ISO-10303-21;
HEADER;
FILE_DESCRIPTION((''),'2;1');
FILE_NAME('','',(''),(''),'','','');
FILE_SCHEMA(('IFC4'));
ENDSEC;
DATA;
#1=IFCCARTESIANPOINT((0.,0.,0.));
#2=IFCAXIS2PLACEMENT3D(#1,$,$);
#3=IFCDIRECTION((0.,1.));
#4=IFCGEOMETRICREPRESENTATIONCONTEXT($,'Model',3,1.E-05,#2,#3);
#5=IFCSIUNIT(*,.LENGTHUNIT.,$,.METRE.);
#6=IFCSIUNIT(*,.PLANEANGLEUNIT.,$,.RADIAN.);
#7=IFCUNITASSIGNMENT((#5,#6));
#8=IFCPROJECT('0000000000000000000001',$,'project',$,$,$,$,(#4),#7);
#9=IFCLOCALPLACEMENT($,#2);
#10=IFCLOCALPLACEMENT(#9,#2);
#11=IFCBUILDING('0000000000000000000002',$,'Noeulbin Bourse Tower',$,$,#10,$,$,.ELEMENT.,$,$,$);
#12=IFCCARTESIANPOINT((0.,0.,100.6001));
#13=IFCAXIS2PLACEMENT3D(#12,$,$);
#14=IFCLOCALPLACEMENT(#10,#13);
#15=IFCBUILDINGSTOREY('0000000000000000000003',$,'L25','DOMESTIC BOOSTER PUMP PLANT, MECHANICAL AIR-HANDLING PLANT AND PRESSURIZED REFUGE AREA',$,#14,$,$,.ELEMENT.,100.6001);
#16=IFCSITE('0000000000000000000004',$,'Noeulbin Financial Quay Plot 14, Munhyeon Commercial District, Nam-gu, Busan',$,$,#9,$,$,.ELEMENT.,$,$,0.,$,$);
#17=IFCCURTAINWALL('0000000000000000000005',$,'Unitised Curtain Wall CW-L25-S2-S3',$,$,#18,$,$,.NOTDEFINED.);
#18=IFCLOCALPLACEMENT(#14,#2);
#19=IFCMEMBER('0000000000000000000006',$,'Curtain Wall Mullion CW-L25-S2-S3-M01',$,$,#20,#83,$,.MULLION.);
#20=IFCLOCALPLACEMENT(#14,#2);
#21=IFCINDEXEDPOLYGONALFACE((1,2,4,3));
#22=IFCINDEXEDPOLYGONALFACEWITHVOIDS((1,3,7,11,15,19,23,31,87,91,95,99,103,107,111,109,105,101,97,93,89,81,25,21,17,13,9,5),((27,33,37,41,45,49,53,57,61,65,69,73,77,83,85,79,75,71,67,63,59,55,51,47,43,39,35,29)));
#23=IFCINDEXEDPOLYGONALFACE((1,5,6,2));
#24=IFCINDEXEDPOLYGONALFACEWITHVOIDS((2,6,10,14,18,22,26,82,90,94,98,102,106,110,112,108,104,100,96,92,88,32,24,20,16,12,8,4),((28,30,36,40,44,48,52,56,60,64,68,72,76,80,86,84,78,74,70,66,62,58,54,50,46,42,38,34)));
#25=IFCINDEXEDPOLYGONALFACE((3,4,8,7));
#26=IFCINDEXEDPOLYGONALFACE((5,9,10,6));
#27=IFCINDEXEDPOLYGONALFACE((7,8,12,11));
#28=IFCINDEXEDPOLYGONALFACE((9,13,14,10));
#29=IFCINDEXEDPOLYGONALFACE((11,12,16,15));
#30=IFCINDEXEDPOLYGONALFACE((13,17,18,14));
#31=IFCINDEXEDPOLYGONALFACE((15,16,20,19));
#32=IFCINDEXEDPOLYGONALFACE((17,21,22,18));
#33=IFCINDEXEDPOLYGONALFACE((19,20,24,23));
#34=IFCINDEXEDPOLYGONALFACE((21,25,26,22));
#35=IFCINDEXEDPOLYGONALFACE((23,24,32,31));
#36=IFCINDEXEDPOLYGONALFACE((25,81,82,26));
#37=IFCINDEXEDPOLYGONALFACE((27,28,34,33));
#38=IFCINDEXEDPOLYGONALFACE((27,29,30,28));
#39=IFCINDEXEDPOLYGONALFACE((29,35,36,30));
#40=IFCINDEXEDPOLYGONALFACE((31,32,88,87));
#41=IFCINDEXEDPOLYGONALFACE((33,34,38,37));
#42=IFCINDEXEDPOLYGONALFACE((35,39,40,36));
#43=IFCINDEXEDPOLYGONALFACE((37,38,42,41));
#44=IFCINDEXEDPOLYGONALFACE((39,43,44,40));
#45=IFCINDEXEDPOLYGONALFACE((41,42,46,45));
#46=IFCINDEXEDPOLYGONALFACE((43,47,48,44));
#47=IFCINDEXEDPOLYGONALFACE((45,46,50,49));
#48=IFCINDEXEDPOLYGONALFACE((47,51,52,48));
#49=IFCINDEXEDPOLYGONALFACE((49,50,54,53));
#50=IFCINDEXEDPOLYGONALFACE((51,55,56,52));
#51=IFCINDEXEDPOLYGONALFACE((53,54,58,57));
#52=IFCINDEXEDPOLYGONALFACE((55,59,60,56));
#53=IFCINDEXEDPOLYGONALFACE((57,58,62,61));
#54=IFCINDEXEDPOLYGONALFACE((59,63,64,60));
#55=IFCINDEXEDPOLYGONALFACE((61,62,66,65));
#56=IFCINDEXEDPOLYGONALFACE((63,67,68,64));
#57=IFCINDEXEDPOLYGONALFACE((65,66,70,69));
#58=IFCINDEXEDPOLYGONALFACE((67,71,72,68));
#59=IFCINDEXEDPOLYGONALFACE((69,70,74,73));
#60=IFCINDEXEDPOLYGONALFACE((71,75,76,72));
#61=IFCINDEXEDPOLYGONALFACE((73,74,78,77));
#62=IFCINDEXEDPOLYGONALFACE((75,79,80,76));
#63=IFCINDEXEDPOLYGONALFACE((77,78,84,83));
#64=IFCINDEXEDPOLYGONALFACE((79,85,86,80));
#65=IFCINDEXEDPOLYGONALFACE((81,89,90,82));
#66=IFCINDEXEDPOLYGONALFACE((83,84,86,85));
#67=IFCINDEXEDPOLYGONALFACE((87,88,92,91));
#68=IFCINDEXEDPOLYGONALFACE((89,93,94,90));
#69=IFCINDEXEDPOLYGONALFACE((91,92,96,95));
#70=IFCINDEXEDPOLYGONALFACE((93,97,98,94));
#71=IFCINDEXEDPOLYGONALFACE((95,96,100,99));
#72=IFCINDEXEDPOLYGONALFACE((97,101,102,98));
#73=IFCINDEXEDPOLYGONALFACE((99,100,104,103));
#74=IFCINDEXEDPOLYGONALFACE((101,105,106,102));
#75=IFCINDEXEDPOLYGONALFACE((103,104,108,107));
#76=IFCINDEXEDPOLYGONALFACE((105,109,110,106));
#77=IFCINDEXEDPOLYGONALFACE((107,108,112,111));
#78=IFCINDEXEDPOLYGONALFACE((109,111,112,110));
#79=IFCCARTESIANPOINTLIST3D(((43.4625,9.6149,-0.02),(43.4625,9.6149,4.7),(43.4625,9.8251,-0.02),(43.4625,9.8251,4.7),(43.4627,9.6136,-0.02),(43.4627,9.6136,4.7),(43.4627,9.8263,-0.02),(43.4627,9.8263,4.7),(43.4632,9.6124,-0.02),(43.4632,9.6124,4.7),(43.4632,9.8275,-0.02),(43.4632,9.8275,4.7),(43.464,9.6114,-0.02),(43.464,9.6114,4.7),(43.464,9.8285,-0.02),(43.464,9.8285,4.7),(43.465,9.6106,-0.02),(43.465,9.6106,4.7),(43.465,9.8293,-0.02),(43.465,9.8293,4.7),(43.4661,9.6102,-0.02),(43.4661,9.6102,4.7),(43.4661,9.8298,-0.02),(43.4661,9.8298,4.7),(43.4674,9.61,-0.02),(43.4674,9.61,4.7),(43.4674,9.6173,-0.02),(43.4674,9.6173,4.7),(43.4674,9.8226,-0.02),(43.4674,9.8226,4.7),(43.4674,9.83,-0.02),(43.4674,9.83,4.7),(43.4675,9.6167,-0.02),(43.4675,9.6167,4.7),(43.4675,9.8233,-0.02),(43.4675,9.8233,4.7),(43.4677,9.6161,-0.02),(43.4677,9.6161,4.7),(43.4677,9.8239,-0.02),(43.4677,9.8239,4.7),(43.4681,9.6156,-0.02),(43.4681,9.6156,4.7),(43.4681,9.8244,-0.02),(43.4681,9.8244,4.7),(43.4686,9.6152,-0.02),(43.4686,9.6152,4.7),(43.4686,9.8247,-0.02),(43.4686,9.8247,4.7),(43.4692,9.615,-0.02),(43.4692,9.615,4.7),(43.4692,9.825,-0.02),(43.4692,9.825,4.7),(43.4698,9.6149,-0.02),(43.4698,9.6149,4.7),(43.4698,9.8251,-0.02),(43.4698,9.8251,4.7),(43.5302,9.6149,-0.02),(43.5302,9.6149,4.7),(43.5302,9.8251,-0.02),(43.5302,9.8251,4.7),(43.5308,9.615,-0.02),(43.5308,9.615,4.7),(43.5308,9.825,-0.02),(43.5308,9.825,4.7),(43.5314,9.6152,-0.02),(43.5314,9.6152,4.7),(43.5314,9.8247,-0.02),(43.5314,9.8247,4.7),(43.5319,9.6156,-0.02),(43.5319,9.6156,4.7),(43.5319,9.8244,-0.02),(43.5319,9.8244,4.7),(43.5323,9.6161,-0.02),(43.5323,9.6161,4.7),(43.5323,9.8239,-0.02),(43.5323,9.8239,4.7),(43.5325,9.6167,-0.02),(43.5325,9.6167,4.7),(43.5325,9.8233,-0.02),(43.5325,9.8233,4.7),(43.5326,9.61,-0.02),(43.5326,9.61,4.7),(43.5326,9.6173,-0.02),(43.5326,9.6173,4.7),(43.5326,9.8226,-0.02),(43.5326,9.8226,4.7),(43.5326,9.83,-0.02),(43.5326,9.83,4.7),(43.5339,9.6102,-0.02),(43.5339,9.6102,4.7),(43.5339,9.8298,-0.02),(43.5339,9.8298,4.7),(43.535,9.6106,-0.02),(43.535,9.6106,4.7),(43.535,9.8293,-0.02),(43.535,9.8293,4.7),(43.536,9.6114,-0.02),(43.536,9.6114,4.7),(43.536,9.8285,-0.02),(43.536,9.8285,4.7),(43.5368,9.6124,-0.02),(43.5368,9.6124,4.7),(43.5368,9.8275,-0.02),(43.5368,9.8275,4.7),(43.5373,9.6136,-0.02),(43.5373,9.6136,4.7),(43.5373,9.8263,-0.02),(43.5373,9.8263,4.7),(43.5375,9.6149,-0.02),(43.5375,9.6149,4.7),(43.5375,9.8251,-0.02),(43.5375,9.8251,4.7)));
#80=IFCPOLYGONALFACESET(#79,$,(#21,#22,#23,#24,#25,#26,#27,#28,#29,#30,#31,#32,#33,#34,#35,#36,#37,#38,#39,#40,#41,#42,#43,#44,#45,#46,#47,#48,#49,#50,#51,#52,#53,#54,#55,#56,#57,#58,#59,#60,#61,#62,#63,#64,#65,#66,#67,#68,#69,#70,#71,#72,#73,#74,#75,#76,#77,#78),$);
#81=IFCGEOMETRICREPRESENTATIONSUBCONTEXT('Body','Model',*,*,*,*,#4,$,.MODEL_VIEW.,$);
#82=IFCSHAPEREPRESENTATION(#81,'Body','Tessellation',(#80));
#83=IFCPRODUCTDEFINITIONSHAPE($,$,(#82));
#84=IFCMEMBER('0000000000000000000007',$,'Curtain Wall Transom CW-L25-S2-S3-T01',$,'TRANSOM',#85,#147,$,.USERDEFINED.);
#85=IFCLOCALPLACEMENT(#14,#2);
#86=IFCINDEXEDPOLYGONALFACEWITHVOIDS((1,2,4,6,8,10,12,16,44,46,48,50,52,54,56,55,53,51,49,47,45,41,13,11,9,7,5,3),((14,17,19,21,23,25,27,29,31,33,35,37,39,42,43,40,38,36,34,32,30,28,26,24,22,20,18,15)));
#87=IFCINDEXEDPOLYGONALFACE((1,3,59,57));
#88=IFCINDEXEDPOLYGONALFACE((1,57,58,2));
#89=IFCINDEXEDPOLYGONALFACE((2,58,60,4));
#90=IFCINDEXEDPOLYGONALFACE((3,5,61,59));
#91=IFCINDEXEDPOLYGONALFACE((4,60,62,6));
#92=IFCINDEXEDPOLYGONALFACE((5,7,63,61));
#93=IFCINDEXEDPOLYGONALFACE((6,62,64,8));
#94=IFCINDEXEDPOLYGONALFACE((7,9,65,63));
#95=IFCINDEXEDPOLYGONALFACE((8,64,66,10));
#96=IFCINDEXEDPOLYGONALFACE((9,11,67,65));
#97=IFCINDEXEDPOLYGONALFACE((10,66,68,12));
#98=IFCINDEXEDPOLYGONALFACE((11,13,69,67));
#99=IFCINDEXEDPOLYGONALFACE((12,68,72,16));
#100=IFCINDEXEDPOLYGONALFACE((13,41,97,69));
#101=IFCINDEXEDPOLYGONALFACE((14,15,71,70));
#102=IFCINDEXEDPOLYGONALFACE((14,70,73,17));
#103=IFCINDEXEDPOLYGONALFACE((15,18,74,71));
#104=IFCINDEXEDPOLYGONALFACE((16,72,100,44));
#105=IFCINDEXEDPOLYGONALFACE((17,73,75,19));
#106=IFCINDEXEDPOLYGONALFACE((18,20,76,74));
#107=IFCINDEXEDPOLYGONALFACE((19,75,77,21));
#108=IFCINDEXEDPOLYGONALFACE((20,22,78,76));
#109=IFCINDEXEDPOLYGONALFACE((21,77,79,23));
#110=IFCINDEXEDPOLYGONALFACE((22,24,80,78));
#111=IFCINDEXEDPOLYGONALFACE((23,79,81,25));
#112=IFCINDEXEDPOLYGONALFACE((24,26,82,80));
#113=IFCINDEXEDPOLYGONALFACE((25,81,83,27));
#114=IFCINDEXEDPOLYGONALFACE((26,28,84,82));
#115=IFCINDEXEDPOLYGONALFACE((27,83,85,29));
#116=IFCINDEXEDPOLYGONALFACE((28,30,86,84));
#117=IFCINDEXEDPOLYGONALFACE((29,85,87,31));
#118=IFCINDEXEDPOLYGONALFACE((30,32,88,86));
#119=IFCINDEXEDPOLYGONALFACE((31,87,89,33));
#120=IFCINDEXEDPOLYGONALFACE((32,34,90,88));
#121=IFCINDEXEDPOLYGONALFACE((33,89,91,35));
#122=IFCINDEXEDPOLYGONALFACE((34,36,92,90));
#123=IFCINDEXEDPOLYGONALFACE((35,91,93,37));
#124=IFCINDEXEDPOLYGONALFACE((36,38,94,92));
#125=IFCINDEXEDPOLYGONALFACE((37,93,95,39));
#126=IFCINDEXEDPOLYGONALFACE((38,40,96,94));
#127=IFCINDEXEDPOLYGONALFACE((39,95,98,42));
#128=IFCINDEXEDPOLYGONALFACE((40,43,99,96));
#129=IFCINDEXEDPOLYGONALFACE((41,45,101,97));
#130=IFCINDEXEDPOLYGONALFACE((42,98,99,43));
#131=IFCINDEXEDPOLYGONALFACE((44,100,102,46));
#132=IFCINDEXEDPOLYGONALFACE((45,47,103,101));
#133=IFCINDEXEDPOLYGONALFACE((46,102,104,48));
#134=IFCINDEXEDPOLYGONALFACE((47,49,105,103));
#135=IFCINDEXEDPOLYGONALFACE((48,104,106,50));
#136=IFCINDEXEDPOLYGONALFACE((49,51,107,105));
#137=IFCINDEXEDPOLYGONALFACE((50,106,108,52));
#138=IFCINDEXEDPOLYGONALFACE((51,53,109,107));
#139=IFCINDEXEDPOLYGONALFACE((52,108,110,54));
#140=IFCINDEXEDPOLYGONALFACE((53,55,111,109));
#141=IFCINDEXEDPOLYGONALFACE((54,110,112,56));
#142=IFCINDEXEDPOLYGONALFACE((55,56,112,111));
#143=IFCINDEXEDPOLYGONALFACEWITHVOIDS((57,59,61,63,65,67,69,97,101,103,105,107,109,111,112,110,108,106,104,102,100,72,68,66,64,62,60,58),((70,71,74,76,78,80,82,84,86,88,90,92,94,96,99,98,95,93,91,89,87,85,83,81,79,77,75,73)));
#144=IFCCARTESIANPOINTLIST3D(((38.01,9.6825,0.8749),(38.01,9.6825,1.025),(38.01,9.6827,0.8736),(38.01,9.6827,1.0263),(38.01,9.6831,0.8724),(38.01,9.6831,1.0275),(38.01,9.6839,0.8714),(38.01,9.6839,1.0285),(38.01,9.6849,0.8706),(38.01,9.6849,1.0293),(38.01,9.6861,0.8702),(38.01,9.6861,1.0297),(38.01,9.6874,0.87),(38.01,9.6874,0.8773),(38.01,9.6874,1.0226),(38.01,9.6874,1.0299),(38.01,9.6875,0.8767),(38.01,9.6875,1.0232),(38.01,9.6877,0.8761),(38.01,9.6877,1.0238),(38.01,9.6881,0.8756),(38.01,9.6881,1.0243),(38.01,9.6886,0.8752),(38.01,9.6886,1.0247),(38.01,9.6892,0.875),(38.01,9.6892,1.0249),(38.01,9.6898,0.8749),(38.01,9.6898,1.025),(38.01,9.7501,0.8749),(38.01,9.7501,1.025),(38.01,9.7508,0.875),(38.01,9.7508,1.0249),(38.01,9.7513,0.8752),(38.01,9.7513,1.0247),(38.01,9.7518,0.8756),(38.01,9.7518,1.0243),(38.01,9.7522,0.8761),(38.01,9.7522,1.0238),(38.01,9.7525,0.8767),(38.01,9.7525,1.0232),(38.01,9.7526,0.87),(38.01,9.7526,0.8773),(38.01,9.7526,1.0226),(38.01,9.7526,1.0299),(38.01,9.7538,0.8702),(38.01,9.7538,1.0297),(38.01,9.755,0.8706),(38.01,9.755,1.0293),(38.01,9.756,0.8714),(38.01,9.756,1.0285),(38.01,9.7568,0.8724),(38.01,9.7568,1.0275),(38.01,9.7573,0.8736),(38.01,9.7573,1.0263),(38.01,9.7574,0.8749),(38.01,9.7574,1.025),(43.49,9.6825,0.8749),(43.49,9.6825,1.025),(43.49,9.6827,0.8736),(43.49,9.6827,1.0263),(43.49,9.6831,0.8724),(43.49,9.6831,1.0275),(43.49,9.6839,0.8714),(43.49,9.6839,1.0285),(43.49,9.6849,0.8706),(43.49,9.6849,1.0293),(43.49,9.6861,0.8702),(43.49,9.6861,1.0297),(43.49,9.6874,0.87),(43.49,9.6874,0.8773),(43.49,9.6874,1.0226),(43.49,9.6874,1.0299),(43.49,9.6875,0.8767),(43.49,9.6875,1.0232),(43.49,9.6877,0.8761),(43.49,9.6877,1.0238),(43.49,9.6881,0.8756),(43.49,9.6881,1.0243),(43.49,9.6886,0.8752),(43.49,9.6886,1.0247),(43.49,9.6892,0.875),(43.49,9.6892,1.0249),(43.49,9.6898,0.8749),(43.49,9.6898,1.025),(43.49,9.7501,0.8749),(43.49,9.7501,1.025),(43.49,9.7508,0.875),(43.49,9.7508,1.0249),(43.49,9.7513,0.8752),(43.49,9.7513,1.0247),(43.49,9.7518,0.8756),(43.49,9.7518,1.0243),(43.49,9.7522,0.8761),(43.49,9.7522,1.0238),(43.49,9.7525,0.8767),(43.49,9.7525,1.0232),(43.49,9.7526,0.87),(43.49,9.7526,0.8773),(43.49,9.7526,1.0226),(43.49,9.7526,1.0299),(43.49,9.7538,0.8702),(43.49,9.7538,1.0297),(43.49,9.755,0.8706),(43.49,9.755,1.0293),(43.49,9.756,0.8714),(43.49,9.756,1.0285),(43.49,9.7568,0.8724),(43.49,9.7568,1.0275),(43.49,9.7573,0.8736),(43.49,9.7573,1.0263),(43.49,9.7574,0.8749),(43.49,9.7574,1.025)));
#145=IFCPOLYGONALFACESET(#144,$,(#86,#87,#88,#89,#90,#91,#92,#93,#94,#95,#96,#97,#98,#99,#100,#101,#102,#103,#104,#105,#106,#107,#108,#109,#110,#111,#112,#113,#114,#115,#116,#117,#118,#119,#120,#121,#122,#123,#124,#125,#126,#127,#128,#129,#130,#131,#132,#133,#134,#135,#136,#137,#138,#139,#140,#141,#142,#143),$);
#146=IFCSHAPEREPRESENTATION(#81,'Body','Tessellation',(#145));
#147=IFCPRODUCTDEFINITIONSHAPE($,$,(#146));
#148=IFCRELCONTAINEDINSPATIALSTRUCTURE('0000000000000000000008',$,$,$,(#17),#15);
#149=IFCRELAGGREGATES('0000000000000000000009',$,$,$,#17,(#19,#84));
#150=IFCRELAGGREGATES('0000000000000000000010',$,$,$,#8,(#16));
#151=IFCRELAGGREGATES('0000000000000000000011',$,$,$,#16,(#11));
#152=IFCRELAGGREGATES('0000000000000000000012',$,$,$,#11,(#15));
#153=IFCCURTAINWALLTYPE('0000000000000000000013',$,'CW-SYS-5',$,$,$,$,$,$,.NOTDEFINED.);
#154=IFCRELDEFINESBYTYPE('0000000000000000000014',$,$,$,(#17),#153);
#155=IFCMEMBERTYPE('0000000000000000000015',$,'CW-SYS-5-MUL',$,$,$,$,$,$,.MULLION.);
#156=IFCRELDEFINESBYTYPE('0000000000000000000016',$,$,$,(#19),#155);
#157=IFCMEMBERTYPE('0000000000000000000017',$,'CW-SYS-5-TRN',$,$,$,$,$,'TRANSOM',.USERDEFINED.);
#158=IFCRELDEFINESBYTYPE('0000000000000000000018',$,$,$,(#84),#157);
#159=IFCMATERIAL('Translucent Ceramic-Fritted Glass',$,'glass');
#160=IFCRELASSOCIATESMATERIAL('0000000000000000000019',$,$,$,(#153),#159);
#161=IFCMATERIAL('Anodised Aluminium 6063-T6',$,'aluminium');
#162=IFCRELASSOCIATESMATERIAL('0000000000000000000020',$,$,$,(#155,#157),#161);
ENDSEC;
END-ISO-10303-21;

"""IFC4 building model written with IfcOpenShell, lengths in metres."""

from ifc_helpers import new_model, si_unit, direction, frame, origin, origin_2d, place, context, subcontext, project, spatial, hollow_rectangle, extrude, material, material_profile, profile_set, type_object, element, aggregate, save


model = new_model("IFC4")

# Units and contexts
model_context = context("Model", 3, precision=1e-05, world=origin(), true_north=direction((0.0, 1.0)))
body_context = subcontext(model_context, "Body", "Model", "MODEL_VIEW")
ifc_project = project(units=[si_unit("LENGTHUNIT", "METRE"), si_unit("PLANEANGLEUNIT", "RADIAN")], contexts=[model_context])

# Site, building, storey
site_placement = place(None, origin())
site = spatial("IfcSite", under=ifc_project, at=site_placement, Name="Noeulbin Financial Quay Plot 14, Munhyeon Commercial District, Nam-gu, Busan", CompositionType="ELEMENT", RefElevation=0.0)
building_placement = place(site_placement, origin())
building = spatial("IfcBuilding", under=site, at=building_placement, Name="Noeulbin Bourse Tower", CompositionType="ELEMENT")
storey_placement = place(building_placement, frame((0.0, 0.0, 100.6001)))
storey = spatial("IfcBuildingStorey", under=building, at=storey_placement, Name="L25", Description="DOMESTIC BOOSTER PUMP PLANT, MECHANICAL AIR-HANDLING PLANT AND PRESSURIZED REFUGE AREA", CompositionType="ELEMENT", Elevation=100.6001)

# Curtain wall, members
ifc_material_1 = material(Name="Translucent Ceramic-Fritted Glass", Category="glass")
curtain_wall_type = type_object("IfcCurtainWallType", Name="CW-SYS-5", PredefinedType="NOTDEFINED", material=ifc_material_1)
curtain_wall_placement = place(storey_placement, origin())
curtain_wall = element("IfcCurtainWall", 1, at=curtain_wall_placement, inside=storey, type_object=curtain_wall_type, Name="Unitised Curtain Wall CW-L25-S2-S3", PredefinedType="NOTDEFINED")
ifc_material_2 = material(Name="Anodised Aluminium 6063-T6", Category="aluminium")
ifc_material_profile_1 = material_profile(ifc_material_2, hollow_rectangle(XDim=0.075, YDim=0.22, WallThickness=0.0049, InnerFilletRadius=0.0024, OuterFilletRadius=0.0049, at=origin_2d()), Name="ALU-MULL-75x220x5", Category="LoadBearing")
ifc_profile_set_1 = profile_set([ifc_material_profile_1], Name="Anodised Aluminium 6063-T6")
member_type_1 = type_object("IfcMemberType", Name="CW-SYS-5-MUL", PredefinedType="MULLION", material=ifc_profile_set_1)
member_1_placement = place(storey_placement, frame((43.5, 9.72, -0.02), z_axis=(0.0, 0.0, 1.0), x_axis=(1.0, 0.0, 0.0)))
member_1 = element("IfcMember", 2, at=member_1_placement, type_object=member_type_1, Name="Curtain Wall Mullion CW-L25-S2-S3-M01", PredefinedType="MULLION", context=body_context, shape_type="SweptSolid", body=[
    extrude(hollow_rectangle(XDim=0.075, YDim=0.22, WallThickness=0.0049, InnerFilletRadius=0.0024, OuterFilletRadius=0.0049, at=origin_2d()), origin(), (0.0, 0.0, 1.0), 4.72),
])
ifc_material_profile_2 = material_profile(ifc_material_2, hollow_rectangle(XDim=0.075, YDim=0.1599, WallThickness=0.0049, InnerFilletRadius=0.0024, OuterFilletRadius=0.0049, at=origin_2d()), Name="ALU-TRAN-75x160x5", Category="LoadBearing")
ifc_profile_set_2 = profile_set([ifc_material_profile_2], Name="Anodised Aluminium 6063-T6")
member_type_2 = type_object("IfcMemberType", Name="CW-SYS-5-TRN", ElementType="TRANSOM", PredefinedType="USERDEFINED", material=ifc_profile_set_2)
member_2_placement = place(storey_placement, frame((38.01, 9.72, 0.95), z_axis=(1.0, 0.0, 0.0), x_axis=(0.0, 1.0, 0.0)))
member_2 = element("IfcMember", 3, at=member_2_placement, type_object=member_type_2, Name="Curtain Wall Transom CW-L25-S2-S3-T01", ObjectType="TRANSOM", PredefinedType="USERDEFINED", context=body_context, shape_type="SweptSolid", body=[
    extrude(hollow_rectangle(XDim=0.075, YDim=0.1599, WallThickness=0.0049, InnerFilletRadius=0.0024, OuterFilletRadius=0.0049, at=origin_2d()), origin(), (0.0, 0.0, 1.0), 5.48),
])

aggregate(curtain_wall, [member_1, member_2])

save(model, "model.ifc")
